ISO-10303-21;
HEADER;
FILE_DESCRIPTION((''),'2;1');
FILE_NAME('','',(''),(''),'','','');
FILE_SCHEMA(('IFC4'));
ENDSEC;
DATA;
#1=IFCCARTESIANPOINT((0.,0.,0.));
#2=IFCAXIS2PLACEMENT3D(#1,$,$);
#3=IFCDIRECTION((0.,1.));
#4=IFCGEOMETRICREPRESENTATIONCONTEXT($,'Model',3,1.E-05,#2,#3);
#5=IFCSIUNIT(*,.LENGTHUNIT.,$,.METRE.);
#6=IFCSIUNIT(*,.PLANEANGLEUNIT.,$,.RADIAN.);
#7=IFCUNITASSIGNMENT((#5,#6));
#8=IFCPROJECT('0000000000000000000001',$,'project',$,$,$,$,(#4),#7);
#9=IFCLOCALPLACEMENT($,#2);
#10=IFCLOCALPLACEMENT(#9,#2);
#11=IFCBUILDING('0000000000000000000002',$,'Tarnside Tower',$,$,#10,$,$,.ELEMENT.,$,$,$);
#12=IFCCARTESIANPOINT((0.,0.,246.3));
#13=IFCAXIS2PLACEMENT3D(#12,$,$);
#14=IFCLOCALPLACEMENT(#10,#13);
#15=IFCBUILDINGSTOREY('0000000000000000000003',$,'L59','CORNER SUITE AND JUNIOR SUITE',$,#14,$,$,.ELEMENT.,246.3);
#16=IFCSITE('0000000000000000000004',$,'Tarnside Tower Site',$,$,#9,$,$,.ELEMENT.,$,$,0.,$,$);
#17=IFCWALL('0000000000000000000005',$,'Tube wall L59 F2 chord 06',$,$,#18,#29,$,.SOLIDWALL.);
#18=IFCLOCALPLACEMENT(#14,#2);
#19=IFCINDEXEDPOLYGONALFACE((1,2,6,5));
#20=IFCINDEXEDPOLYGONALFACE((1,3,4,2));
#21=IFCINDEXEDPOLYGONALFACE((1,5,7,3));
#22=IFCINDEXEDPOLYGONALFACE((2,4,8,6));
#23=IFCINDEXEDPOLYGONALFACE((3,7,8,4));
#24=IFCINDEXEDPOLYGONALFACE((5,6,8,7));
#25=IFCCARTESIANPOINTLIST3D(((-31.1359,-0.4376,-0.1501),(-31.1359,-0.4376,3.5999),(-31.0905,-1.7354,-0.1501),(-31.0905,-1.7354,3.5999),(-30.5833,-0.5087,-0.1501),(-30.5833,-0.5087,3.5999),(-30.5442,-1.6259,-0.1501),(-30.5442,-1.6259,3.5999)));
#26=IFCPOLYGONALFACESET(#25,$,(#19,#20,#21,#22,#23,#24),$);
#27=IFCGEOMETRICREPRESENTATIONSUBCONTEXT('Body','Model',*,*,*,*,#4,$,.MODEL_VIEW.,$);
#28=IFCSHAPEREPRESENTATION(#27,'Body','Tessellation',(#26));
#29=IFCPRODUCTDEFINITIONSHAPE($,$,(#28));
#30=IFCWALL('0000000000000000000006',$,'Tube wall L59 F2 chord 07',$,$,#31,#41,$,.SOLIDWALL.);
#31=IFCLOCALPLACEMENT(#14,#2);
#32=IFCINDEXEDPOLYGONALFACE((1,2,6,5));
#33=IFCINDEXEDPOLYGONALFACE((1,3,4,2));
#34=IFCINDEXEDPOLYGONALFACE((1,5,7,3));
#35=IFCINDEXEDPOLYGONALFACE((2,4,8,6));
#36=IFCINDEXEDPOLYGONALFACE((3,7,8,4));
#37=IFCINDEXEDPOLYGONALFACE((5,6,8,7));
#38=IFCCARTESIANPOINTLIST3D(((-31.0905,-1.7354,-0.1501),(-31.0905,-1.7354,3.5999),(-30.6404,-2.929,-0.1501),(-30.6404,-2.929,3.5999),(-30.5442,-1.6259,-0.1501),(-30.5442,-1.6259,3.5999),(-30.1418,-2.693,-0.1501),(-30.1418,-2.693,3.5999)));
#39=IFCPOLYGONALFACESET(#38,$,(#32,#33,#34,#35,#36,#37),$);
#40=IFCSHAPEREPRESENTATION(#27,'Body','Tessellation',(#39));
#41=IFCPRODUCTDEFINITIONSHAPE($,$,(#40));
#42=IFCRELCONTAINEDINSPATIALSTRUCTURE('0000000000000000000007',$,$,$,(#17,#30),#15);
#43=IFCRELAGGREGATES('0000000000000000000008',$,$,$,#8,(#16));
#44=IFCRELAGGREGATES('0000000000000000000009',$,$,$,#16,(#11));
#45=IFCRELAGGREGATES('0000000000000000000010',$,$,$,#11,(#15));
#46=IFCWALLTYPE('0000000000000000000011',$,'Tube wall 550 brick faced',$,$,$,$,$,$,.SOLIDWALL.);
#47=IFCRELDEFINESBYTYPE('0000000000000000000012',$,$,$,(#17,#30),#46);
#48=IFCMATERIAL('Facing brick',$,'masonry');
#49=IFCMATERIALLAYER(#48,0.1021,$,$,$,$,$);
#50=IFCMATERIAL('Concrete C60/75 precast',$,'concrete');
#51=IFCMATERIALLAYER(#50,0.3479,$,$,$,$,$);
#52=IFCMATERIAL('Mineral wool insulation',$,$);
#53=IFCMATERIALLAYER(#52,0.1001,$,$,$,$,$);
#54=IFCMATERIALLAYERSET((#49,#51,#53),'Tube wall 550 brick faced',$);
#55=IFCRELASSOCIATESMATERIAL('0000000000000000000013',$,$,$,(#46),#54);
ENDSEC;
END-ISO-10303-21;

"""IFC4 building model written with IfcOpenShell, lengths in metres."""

from ifc_helpers import new_model, si_unit, direction, frame, origin, place, context, subcontext, project, spatial, polyline, outline, extrude, material, layer, layer_set, type_object, element, save


model = new_model("IFC4")

# Units and contexts
model_context = context("Model", 3, precision=1e-05, world=origin(), true_north=direction((0.0, 1.0)))
body_context = subcontext(model_context, "Body", "Model", "MODEL_VIEW")
ifc_project = project(units=[si_unit("LENGTHUNIT", "METRE"), si_unit("PLANEANGLEUNIT", "RADIAN")], contexts=[model_context])

# Site, building, storey
site_placement = place(None, origin())
site = spatial("IfcSite", under=ifc_project, at=site_placement, Name="Tarnside Tower Site", CompositionType="ELEMENT", RefElevation=0.0)
building_placement = place(site_placement, origin())
building = spatial("IfcBuilding", under=site, at=building_placement, Name="Tarnside Tower", CompositionType="ELEMENT")
storey_placement = place(building_placement, frame((0.0, 0.0, 246.3)))
storey = spatial("IfcBuildingStorey", under=building, at=storey_placement, Name="L59", Description="CORNER SUITE AND JUNIOR SUITE", CompositionType="ELEMENT", Elevation=246.3)

# Walls
ifc_material_1 = material(Name="Facing brick", Category="masonry")
ifc_layer_1 = layer(ifc_material_1, 0.1021)
ifc_material_2 = material(Name="Concrete C60/75 precast", Category="concrete")
ifc_layer_2 = layer(ifc_material_2, 0.3479)
ifc_material_3 = material(Name="Mineral wool insulation")
ifc_layer_3 = layer(ifc_material_3, 0.1001)
ifc_layer_set_1 = layer_set([ifc_layer_1, ifc_layer_2, ifc_layer_3], Name="Tube wall 550 brick faced")
wall_type_1 = type_object("IfcWallType", Name="Tube wall 550 brick faced", PredefinedType="SOLIDWALL", material=ifc_layer_set_1)
wall_1_placement = place(storey_placement, frame((-30.8596, -0.4731, -0.1501), z_axis=(0.0, 0.0, 1.0), x_axis=(0.034956, -0.999389, 0.0)))
element("IfcWall", 1, at=wall_1_placement, inside=storey, type_object=wall_type_1, Name="Tube wall L59 F2 chord 06", PredefinedType="SOLIDWALL", context=body_context, shape_type="SweptSolid", body=[
    extrude(outline(polyline([(-0.0452, -0.2749), (1.2534, -0.2749), (1.1631, 0.2749), (0.0452, 0.2749), (-0.0452, -0.2749)])), origin(), (0.0, 0.0, 1.0), 3.75),
])
wall_2_placement = place(storey_placement, frame((-30.8174, -1.6807, -0.1501), z_axis=(0.0, 0.0, 1.0), x_axis=(0.35285, -0.93568, 0.0)))
element("IfcWall", 2, at=wall_2_placement, inside=storey, type_object=wall_type_1, Name="Tube wall L59 F2 chord 07", PredefinedType="SOLIDWALL", context=body_context, shape_type="SweptSolid", body=[
    extrude(outline(polyline([(-0.0452, -0.2749), (1.2305, -0.2749), (1.1855, 0.2749), (0.0452, 0.2749), (-0.0452, -0.2749)])), origin(), (0.0, 0.0, 1.0), 3.75),
])

save(model, "model.ifc")
